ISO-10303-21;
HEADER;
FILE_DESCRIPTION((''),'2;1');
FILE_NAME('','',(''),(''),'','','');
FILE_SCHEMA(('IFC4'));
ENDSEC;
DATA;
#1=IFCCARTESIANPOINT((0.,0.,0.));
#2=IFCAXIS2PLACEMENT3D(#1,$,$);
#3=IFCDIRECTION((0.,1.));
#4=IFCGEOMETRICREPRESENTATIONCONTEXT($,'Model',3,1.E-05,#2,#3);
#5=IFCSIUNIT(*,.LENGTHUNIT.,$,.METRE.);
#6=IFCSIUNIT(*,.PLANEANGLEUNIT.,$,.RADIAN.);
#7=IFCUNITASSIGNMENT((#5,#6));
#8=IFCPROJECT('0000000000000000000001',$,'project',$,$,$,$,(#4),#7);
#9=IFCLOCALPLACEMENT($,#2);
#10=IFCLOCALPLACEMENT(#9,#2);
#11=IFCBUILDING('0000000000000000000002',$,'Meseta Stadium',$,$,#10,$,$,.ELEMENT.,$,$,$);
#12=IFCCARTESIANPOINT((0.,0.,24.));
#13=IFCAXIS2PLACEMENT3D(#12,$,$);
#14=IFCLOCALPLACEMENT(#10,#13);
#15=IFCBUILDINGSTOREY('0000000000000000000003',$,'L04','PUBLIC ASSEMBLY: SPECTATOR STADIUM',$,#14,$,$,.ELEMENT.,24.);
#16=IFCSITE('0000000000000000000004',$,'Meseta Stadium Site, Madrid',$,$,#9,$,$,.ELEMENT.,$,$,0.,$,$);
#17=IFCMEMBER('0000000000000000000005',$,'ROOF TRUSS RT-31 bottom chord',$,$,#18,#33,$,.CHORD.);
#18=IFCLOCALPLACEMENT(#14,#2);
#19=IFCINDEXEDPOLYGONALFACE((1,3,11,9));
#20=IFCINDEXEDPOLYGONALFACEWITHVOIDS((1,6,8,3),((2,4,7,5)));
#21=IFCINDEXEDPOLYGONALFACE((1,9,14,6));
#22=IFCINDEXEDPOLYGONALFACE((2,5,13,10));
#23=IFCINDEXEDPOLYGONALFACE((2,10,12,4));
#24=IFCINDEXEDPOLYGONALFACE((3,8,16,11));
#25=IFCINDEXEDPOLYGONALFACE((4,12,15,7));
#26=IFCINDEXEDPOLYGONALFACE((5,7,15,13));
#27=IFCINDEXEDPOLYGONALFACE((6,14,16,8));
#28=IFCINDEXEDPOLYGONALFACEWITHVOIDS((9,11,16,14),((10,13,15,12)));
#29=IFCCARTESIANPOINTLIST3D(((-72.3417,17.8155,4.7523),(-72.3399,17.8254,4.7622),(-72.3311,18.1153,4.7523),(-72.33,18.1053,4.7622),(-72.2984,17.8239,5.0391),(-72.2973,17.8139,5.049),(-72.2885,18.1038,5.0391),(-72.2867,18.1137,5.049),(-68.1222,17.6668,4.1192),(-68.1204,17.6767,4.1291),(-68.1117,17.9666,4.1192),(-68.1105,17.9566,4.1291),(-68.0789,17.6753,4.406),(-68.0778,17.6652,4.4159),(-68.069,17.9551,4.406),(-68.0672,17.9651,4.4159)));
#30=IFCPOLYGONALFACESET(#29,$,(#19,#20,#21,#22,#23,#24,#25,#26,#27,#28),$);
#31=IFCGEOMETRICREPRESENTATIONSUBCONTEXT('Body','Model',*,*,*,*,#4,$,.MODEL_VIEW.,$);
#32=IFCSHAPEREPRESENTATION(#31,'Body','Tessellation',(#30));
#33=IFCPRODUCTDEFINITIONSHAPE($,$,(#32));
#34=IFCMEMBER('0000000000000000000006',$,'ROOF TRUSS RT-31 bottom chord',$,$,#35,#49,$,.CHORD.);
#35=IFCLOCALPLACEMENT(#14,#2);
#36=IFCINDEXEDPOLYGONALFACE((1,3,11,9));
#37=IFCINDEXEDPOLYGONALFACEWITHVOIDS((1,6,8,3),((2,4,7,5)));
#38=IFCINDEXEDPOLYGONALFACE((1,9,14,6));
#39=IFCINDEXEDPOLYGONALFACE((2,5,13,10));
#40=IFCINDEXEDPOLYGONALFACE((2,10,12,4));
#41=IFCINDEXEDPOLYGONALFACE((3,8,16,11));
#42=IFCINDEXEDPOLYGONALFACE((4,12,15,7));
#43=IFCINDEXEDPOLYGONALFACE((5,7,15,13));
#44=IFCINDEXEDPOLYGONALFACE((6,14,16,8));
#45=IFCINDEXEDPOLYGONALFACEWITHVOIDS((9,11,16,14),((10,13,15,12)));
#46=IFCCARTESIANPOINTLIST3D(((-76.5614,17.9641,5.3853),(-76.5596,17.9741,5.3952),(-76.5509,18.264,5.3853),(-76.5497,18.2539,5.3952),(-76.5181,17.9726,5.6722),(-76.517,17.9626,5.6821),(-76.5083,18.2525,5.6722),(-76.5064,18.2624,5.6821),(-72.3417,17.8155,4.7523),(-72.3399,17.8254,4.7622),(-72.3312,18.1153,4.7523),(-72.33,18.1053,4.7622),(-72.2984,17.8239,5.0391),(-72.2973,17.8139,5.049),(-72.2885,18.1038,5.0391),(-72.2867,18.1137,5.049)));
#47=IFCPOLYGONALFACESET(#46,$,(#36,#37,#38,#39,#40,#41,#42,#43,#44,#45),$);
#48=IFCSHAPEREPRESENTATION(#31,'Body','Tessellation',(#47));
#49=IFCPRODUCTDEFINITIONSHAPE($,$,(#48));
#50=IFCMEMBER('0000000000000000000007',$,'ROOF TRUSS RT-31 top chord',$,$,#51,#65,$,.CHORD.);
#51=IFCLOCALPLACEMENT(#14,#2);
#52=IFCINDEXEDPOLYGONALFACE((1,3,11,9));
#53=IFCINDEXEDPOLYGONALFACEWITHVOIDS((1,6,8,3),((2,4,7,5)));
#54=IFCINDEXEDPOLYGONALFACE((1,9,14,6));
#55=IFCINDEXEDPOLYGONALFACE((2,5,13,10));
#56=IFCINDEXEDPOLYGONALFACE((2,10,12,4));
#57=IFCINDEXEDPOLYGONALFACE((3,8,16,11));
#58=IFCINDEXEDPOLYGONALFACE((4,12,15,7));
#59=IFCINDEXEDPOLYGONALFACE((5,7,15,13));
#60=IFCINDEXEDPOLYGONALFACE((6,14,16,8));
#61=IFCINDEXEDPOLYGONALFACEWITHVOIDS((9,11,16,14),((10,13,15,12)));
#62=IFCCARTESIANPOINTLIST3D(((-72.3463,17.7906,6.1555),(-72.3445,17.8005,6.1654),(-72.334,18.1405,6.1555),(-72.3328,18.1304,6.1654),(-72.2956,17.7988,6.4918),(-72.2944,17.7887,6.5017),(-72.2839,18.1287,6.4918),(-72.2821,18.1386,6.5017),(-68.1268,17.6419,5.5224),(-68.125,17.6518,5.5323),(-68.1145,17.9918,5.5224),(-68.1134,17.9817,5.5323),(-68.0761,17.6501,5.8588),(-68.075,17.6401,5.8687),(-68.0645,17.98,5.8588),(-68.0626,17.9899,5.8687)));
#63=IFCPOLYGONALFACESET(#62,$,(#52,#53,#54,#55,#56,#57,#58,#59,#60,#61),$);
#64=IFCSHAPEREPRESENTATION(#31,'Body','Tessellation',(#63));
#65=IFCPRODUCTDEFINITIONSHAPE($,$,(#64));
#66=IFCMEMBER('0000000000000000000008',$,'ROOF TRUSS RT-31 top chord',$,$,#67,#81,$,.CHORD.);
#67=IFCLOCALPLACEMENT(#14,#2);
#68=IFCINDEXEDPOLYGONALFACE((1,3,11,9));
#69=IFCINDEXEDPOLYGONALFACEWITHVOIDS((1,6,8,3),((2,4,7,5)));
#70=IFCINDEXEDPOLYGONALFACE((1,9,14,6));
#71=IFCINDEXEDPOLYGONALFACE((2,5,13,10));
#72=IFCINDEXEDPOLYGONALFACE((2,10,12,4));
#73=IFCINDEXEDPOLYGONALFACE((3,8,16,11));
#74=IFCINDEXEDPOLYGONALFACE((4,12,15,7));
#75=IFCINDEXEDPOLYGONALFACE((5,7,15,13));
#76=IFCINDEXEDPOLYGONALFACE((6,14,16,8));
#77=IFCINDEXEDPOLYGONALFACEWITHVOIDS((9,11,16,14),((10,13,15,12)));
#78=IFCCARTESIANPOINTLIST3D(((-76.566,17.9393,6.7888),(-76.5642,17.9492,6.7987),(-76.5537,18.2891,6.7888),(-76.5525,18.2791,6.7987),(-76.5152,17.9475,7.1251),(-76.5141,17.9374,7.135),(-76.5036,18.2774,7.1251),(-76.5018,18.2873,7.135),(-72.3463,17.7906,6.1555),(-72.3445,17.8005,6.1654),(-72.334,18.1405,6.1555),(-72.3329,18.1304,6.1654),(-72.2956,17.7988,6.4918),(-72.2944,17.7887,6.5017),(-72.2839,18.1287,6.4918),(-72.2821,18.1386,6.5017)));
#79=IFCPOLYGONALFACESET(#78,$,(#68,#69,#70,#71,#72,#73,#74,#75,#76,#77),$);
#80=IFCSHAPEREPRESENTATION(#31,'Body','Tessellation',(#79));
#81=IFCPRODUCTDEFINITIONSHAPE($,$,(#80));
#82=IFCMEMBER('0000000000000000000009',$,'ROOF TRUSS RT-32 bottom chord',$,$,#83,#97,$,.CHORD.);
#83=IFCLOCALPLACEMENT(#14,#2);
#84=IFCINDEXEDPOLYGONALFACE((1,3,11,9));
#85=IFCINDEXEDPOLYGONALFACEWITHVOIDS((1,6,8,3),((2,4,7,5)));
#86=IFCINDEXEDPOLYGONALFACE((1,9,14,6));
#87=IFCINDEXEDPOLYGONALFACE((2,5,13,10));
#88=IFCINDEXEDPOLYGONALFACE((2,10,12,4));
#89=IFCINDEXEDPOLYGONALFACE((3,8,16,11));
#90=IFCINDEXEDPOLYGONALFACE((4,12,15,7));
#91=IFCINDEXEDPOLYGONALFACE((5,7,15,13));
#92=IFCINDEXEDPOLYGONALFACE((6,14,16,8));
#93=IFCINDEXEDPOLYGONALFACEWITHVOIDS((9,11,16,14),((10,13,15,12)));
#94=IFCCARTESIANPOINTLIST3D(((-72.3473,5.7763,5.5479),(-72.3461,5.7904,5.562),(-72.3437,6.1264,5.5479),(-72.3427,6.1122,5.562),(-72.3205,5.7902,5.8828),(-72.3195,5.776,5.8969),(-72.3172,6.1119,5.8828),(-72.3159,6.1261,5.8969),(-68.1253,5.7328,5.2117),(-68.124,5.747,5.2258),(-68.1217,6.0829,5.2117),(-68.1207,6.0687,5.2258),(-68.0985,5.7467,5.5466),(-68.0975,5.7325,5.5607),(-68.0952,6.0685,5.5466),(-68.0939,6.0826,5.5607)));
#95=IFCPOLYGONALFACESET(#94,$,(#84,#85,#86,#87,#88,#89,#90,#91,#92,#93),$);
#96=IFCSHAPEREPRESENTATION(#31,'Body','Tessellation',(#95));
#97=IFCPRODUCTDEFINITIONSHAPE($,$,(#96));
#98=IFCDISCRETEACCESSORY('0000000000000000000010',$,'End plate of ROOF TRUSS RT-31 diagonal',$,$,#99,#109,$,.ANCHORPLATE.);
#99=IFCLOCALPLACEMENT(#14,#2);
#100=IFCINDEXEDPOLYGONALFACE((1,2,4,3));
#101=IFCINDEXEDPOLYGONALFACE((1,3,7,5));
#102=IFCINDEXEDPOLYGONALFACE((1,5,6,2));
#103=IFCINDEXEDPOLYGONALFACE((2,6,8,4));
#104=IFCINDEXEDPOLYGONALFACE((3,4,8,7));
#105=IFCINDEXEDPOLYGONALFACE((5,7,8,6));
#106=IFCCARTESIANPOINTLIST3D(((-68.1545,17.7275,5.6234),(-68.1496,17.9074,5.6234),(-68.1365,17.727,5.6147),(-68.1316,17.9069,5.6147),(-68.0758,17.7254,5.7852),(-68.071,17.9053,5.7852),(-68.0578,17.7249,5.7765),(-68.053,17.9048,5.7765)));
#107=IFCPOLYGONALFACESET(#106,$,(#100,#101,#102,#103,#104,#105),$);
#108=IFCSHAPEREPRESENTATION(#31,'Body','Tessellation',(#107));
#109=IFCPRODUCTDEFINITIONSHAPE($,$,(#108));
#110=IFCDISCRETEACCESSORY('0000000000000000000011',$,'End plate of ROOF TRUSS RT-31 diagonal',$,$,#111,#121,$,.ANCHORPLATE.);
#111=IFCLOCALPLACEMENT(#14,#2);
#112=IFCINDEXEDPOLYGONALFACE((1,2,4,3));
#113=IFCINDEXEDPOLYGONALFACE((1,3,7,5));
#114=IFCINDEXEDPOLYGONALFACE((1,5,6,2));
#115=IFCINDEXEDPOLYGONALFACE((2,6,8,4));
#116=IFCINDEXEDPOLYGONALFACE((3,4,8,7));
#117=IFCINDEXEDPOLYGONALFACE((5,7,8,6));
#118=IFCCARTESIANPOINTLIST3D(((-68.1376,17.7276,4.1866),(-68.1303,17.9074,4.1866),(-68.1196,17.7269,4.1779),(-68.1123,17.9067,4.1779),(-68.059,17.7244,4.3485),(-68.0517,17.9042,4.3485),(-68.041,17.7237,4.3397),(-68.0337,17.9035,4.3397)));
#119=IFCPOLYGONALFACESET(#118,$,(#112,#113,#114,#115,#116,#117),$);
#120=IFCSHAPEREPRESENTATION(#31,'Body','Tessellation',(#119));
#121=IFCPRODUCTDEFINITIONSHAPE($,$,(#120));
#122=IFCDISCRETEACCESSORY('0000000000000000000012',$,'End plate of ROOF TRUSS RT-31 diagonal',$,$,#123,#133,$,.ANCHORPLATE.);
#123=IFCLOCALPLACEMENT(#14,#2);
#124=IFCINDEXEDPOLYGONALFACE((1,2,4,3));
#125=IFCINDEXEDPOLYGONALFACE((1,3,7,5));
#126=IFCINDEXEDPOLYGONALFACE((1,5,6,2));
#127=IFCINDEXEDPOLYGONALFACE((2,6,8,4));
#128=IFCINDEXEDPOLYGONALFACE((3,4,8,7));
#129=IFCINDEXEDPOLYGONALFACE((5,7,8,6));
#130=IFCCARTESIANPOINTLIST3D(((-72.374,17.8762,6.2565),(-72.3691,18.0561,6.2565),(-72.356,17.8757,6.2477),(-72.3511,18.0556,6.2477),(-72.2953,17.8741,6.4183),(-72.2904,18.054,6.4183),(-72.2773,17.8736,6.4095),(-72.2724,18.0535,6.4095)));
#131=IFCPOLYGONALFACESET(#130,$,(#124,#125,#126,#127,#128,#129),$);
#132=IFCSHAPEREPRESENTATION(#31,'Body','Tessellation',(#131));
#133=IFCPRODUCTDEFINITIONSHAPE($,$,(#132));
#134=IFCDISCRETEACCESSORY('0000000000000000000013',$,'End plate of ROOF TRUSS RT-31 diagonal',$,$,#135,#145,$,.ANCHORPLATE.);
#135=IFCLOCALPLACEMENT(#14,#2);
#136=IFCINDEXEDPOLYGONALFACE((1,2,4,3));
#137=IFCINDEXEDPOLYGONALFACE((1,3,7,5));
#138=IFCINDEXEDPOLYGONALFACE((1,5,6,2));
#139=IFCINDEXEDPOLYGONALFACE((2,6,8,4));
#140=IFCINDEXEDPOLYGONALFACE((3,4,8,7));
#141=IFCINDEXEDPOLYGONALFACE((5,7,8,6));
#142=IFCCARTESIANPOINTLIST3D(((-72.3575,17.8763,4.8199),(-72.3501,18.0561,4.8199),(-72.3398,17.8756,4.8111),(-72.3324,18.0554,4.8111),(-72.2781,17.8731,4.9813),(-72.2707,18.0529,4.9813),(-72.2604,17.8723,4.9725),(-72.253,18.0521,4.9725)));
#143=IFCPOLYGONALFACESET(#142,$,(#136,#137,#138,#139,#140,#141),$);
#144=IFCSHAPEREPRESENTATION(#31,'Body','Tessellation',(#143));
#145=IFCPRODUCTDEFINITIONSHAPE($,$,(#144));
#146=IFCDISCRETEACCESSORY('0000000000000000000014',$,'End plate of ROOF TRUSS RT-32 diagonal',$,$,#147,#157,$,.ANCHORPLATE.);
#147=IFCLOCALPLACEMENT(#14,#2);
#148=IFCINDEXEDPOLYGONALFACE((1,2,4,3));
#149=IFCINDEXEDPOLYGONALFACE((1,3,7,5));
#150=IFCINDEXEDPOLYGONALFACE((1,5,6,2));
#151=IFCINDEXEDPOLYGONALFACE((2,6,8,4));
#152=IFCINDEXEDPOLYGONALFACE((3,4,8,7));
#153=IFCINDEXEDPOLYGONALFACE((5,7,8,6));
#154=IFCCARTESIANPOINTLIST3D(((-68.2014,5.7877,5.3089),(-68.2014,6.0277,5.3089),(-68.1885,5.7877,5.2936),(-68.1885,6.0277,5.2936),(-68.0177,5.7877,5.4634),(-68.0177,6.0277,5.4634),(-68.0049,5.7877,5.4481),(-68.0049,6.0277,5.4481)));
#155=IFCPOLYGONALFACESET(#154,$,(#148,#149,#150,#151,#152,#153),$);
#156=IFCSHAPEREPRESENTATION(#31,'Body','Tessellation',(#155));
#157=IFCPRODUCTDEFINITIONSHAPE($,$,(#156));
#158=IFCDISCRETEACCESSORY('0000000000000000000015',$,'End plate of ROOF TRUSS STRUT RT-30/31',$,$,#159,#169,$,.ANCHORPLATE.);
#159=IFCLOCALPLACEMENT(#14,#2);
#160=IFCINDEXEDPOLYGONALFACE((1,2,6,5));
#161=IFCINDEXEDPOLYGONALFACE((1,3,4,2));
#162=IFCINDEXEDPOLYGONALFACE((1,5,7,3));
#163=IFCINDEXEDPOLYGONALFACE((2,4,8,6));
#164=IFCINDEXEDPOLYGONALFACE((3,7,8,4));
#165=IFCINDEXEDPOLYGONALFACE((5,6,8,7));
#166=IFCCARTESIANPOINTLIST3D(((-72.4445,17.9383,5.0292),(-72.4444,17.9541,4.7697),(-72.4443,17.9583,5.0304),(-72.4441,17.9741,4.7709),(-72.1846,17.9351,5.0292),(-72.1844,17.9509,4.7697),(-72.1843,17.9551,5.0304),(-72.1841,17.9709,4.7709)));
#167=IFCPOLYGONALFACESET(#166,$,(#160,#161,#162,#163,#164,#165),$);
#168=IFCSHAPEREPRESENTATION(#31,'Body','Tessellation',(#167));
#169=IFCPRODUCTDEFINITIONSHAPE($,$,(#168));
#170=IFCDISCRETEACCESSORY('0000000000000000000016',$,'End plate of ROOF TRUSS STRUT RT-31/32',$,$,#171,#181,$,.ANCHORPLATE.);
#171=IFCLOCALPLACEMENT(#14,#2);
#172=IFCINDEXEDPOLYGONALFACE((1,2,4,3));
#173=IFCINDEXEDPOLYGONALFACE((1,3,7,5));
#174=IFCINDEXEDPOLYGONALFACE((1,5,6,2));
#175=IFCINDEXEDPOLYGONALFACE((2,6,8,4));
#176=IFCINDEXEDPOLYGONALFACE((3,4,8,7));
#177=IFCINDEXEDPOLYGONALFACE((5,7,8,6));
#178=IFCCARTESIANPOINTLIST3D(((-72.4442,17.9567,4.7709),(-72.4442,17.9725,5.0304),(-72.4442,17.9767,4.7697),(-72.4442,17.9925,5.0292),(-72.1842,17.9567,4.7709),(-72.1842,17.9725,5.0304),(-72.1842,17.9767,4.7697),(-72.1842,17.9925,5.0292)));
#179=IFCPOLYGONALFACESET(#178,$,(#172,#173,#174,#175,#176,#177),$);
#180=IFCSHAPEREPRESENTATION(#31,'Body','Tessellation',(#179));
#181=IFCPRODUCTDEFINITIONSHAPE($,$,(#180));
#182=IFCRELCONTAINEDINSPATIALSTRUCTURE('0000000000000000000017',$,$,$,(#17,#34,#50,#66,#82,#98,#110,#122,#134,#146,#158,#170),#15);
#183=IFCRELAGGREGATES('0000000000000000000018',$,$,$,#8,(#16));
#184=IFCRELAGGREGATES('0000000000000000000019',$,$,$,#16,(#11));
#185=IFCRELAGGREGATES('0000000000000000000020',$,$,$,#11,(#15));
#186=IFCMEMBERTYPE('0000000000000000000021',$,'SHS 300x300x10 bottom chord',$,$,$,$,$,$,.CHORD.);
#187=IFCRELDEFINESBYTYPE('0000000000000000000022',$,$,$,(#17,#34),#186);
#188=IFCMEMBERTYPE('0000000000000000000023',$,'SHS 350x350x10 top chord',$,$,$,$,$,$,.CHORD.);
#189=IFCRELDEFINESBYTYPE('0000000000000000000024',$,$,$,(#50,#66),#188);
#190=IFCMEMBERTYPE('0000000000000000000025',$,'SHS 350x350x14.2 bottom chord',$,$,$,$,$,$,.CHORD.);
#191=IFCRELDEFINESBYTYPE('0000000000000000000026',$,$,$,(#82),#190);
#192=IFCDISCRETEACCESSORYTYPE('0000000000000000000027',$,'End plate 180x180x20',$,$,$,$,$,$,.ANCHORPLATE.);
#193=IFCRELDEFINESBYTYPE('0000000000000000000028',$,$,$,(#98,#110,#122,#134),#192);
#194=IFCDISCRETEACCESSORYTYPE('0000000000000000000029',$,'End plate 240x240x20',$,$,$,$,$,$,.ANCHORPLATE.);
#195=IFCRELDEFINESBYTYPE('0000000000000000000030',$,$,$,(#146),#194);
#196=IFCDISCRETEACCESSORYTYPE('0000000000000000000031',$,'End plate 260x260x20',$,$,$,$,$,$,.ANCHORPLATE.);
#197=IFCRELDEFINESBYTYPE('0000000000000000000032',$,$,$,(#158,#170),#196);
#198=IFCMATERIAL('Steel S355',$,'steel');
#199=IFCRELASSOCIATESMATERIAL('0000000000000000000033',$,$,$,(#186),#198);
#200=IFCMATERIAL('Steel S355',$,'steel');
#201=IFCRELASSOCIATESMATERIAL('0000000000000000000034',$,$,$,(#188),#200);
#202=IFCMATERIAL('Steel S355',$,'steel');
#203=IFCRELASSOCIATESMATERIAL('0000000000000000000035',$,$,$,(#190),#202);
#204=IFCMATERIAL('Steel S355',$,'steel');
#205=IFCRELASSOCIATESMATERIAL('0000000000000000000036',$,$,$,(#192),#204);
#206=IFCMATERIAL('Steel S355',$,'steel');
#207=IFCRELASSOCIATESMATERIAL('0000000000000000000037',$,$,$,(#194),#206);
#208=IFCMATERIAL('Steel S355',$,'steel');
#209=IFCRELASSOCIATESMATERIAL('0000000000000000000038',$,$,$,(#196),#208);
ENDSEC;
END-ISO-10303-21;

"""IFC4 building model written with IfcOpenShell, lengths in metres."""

from ifc_helpers import new_model, si_unit, direction, frame, origin, origin_2d, place, context, subcontext, project, spatial, rectangle, hollow_rectangle, extrude, material, material_profile, profile_set, type_object, element, save


model = new_model("IFC4")

# Units and contexts
model_context = context("Model", 3, precision=1e-05, world=origin(), true_north=direction((0.0, 1.0)))
body_context = subcontext(model_context, "Body", "Model", "MODEL_VIEW")
ifc_project = project(units=[si_unit("LENGTHUNIT", "METRE"), si_unit("PLANEANGLEUNIT", "RADIAN")], contexts=[model_context])

# Site, building, storey
site_placement = place(None, origin())
site = spatial("IfcSite", under=ifc_project, at=site_placement, Name="Meseta Stadium Site, Madrid", CompositionType="ELEMENT", RefElevation=0.0)
building_placement = place(site_placement, origin())
building = spatial("IfcBuilding", under=site, at=building_placement, Name="Meseta Stadium", CompositionType="ELEMENT")
storey_placement = place(building_placement, frame((0.0, 0.0, 24.0)))
storey = spatial("IfcBuildingStorey", under=building, at=storey_placement, Name="L04", Description="PUBLIC ASSEMBLY: SPECTATOR STADIUM", CompositionType="ELEMENT", Elevation=24.0)

# Members
ifc_material_1 = material(Name="Steel S355", Category="steel")
ifc_material_profile_1 = material_profile(ifc_material_1, hollow_rectangle(XDim=0.3, YDim=0.3, WallThickness=0.01, at=origin_2d()), Name="SHS 300x300x10")
ifc_profile_set_1 = profile_set([ifc_material_profile_1], Name="Steel S355")
member_type_1 = type_object("IfcMemberType", Name="SHS 300x300x10 bottom chord", PredefinedType="CHORD", material=ifc_profile_set_1)
member_1_placement = place(storey_placement, frame((-68.0947, 17.8159, 4.2676), z_axis=(-0.988332, 0.034826, 0.148281), x_axis=(-0.035215, -0.99938, 0.0)))
element("IfcMember", 1, at=member_1_placement, inside=storey, type_object=member_type_1, Name="ROOF TRUSS RT-31 bottom chord", PredefinedType="CHORD", context=body_context, shape_type="SweptSolid", body=[
    extrude(hollow_rectangle(XDim=0.3, YDim=0.3, WallThickness=0.01, at=origin_2d()), origin(), (0.0, 0.0, 1.0), 4.2693),
])
member_2_placement = place(storey_placement, frame((-72.3142, 17.9646, 4.9006), z_axis=(-0.988333, 0.034824, 0.148273), x_axis=(-0.035213, -0.99938, 0.0)))
element("IfcMember", 2, at=member_2_placement, inside=storey, type_object=member_type_1, Name="ROOF TRUSS RT-31 bottom chord", PredefinedType="CHORD", context=body_context, shape_type="SweptSolid", body=[
    extrude(hollow_rectangle(XDim=0.3, YDim=0.3, WallThickness=0.01, at=origin_2d()), origin(), (0.0, 0.0, 1.0), 4.2695),
])
ifc_material_2 = material(Name="Steel S355", Category="steel")
ifc_material_profile_2 = material_profile(ifc_material_2, hollow_rectangle(XDim=0.3501, YDim=0.3501, WallThickness=0.01, at=origin_2d()), Name="SHS 350x350x10")
ifc_profile_set_2 = profile_set([ifc_material_profile_2], Name="Steel S355")
member_type_2 = type_object("IfcMemberType", Name="SHS 350x350x10 top chord", PredefinedType="CHORD", material=ifc_profile_set_2)
member_3_placement = place(storey_placement, frame((-68.0947, 17.8159, 5.6956), z_axis=(-0.988332, 0.034826, 0.148281), x_axis=(-0.035215, -0.99938, 0.0)))
element("IfcMember", 3, at=member_3_placement, inside=storey, type_object=member_type_2, Name="ROOF TRUSS RT-31 top chord", PredefinedType="CHORD", context=body_context, shape_type="SweptSolid", body=[
    extrude(hollow_rectangle(XDim=0.3501, YDim=0.3501, WallThickness=0.01, at=origin_2d()), origin(), (0.0, 0.0, 1.0), 4.2693),
])
member_4_placement = place(storey_placement, frame((-72.3142, 17.9646, 6.3286), z_axis=(-0.988325, 0.034824, 0.148329), x_axis=(-0.035213, -0.99938, 0.0)))
element("IfcMember", 4, at=member_4_placement, inside=storey, type_object=member_type_2, Name="ROOF TRUSS RT-31 top chord", PredefinedType="CHORD", context=body_context, shape_type="SweptSolid", body=[
    extrude(hollow_rectangle(XDim=0.3501, YDim=0.3501, WallThickness=0.01, at=origin_2d()), origin(), (0.0, 0.0, 1.0), 4.2695),
])
ifc_material_3 = material(Name="Steel S355", Category="steel")
ifc_material_profile_3 = material_profile(ifc_material_3, hollow_rectangle(XDim=0.3501, YDim=0.3501, WallThickness=0.0142, at=origin_2d()), Name="SHS 350x350x14.2")
ifc_profile_set_3 = profile_set([ifc_material_profile_3], Name="Steel S355")
member_type_3 = type_object("IfcMemberType", Name="SHS 350x350x14.2 bottom chord", PredefinedType="CHORD", material=ifc_profile_set_3)
member_5_placement = place(storey_placement, frame((-68.1096, 5.9077, 5.3862), z_axis=(-0.996792, 0.01026, 0.079372), x_axis=(-0.010293, -0.999947, 0.0)))
element("IfcMember", 5, at=member_5_placement, inside=storey, type_object=member_type_3, Name="ROOF TRUSS RT-32 bottom chord", PredefinedType="CHORD", context=body_context, shape_type="SweptSolid", body=[
    extrude(hollow_rectangle(XDim=0.3501, YDim=0.3501, WallThickness=0.0142, at=origin_2d()), origin(), (0.0, 0.0, 1.0), 4.2356),
])

# Discrete accessories
ifc_material_4 = material(Name="Steel S355", Category="steel")
ifc_material_profile_4 = material_profile(ifc_material_4, rectangle(XDim=0.1799, YDim=0.1799, at=origin_2d()), Name="PL 180x180")
ifc_profile_set_4 = profile_set([ifc_material_profile_4], Name="Steel S355")
discrete_accessory_type_1 = type_object("IfcDiscreteAccessoryType", Name="End plate 180x180x20", PredefinedType="ANCHORPLATE", material=ifc_profile_set_4)
for number, where, z_axis, x_axis, name in (
    (6, (-68.0947, 17.8159, 5.6956), (-0.89897, 0.024296, 0.437337), (-0.027017, -0.999635, 0.0), "End plate of ROOF TRUSS RT-31 diagonal"),
    (7, (-68.0767, 17.8152, 4.2588), (-0.898638, 0.036431, 0.437175), (-0.040507, -0.999179, 0.0), "End plate of ROOF TRUSS RT-31 diagonal"),
    (8, (-72.3142, 17.9646, 6.3286), (-0.89897, 0.024296, 0.437337), (-0.027017, -0.999635, 0.0), "End plate of ROOF TRUSS RT-31 diagonal"),
):
    element("IfcDiscreteAccessory", number, at=place(storey_placement, frame(where, z_axis=z_axis, x_axis=x_axis)), inside=storey, type_object=discrete_accessory_type_1, Name=name, PredefinedType="ANCHORPLATE", context=body_context, shape_type="SweptSolid", body=[
        extrude(rectangle(XDim=0.1799, YDim=0.1799, at=origin_2d()), origin(), (0.0, 0.0, 1.0), 0.02),
    ])
discrete_accessory_1_placement = place(storey_placement, frame((-72.2964, 17.9639, 4.8918), z_axis=(-0.896262, 0.036833, 0.441992), x_axis=(-0.041061, -0.999157, 0.0)))
element("IfcDiscreteAccessory", 9, at=discrete_accessory_1_placement, inside=storey, type_object=discrete_accessory_type_1, Name="End plate of ROOF TRUSS RT-31 diagonal", PredefinedType="ANCHORPLATE", context=body_context, shape_type="SweptSolid", body=[
    extrude(rectangle(XDim=0.1799, YDim=0.1799, at=origin_2d()), origin(), (0.0, 0.0, 1.0), 0.0198),
])
ifc_material_5 = material(Name="Steel S355", Category="steel")
ifc_material_profile_5 = material_profile(ifc_material_5, rectangle(XDim=0.24, YDim=0.24, at=origin_2d()), Name="PL 240x240")
ifc_profile_set_5 = profile_set([ifc_material_profile_5], Name="Steel S355")
discrete_accessory_type_2 = type_object("IfcDiscreteAccessoryType", Name="End plate 240x240x20", PredefinedType="ANCHORPLATE", material=ifc_profile_set_5)
discrete_accessory_2_placement = place(storey_placement, frame((-68.0967, 5.9077, 5.3708), z_axis=(-0.643762, 0.0, 0.765226), x_axis=(0.0, -1.0, 0.0)))
element("IfcDiscreteAccessory", 10, at=discrete_accessory_2_placement, inside=storey, type_object=discrete_accessory_type_2, Name="End plate of ROOF TRUSS RT-32 diagonal", PredefinedType="ANCHORPLATE", context=body_context, shape_type="SweptSolid", body=[
    extrude(rectangle(XDim=0.24, YDim=0.24, at=origin_2d()), origin(), (0.0, 0.0, 1.0), 0.02),
])
ifc_material_6 = material(Name="Steel S355", Category="steel")
ifc_material_profile_6 = material_profile(ifc_material_6, rectangle(XDim=0.26, YDim=0.26, at=origin_2d()), Name="PL 260x260")
ifc_profile_set_6 = profile_set([ifc_material_profile_6], Name="Steel S355")
discrete_accessory_type_3 = type_object("IfcDiscreteAccessoryType", Name="End plate 260x260x20", PredefinedType="ANCHORPLATE", material=ifc_profile_set_6)
for number, where, z_axis, x_axis, name in (
    (11, (-72.3142, 17.9646, 4.9006), (-0.012172, -0.998072, -0.060858), (0.999926, -0.012194, 0.0), "End plate of ROOF TRUSS STRUT RT-30/31"),
    (12, (-72.3142, 17.9846, 4.8994), (0.0, -0.998146, 0.060863), (1.0, 0.0, 0.0), "End plate of ROOF TRUSS STRUT RT-31/32"),
):
    element("IfcDiscreteAccessory", number, at=place(storey_placement, frame(where, z_axis=z_axis, x_axis=x_axis)), inside=storey, type_object=discrete_accessory_type_3, Name=name, PredefinedType="ANCHORPLATE", context=body_context, shape_type="SweptSolid", body=[
        extrude(rectangle(XDim=0.26, YDim=0.26, at=origin_2d()), origin(), (0.0, 0.0, 1.0), 0.02),
    ])

save(model, "model.ifc")
